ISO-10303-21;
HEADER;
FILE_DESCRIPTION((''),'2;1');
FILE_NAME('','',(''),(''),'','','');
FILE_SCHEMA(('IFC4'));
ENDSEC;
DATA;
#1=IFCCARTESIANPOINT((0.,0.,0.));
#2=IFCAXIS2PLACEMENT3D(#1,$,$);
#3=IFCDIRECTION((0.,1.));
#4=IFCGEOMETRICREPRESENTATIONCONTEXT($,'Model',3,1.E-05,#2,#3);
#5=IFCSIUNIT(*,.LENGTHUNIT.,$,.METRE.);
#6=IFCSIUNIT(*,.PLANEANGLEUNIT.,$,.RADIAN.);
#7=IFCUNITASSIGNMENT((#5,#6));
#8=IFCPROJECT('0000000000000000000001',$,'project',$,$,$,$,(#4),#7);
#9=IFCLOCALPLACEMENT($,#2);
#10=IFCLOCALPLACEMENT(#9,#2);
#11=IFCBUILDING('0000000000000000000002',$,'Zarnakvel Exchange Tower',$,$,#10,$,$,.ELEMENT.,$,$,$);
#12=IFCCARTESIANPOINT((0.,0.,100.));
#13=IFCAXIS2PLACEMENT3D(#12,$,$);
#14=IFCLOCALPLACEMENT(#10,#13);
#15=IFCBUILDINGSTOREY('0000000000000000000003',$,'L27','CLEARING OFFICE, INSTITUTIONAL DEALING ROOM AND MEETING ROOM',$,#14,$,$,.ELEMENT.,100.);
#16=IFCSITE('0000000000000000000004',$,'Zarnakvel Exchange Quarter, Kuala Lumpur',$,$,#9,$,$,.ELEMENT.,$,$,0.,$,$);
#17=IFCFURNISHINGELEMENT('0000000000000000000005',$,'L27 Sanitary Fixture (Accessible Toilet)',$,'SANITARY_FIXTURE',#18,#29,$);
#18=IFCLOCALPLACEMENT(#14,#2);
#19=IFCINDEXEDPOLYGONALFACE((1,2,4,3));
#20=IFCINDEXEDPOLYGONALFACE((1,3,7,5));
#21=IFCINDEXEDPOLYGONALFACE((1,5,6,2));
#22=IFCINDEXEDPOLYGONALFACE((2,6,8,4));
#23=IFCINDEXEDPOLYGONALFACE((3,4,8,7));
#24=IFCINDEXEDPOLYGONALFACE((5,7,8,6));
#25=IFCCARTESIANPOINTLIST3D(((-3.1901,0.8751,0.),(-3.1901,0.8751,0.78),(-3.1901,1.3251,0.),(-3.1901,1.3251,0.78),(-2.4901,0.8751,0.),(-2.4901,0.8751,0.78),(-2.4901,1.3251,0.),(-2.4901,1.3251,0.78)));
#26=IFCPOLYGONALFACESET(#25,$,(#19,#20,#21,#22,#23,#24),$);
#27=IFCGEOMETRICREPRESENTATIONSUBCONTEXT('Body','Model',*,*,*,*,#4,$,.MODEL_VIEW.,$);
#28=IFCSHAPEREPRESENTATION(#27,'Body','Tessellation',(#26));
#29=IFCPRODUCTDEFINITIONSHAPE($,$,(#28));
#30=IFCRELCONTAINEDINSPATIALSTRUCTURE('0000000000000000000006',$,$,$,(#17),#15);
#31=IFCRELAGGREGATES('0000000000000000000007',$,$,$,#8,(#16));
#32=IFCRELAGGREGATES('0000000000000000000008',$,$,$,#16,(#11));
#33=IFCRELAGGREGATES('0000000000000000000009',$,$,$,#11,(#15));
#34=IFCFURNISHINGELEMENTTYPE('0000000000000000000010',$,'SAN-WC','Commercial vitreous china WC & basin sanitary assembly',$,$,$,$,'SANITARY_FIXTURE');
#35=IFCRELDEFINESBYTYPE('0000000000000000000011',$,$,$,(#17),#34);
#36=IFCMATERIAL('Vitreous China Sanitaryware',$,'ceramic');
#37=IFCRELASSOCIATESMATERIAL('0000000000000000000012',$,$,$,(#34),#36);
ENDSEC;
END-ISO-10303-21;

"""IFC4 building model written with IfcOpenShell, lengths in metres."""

from ifc_helpers import new_model, si_unit, direction, frame, origin, origin_2d, place, context, subcontext, project, spatial, rectangle, extrude, source, transform, mapped, material, type_object, element, save


model = new_model("IFC4")

# Units and contexts
model_context = context("Model", 3, precision=1e-05, world=origin(), true_north=direction((0.0, 1.0)))
body_context = subcontext(model_context, "Body", "Model", "MODEL_VIEW")
ifc_project = project(units=[si_unit("LENGTHUNIT", "METRE"), si_unit("PLANEANGLEUNIT", "RADIAN")], contexts=[model_context])

# Site, building, storey
site_placement = place(None, origin())
site = spatial("IfcSite", under=ifc_project, at=site_placement, Name="Zarnakvel Exchange Quarter, Kuala Lumpur", CompositionType="ELEMENT", RefElevation=0.0)
building_placement = place(site_placement, origin())
building = spatial("IfcBuilding", under=site, at=building_placement, Name="Zarnakvel Exchange Tower", CompositionType="ELEMENT")
storey_placement = place(building_placement, frame((0.0, 0.0, 100.0)))
storey = spatial("IfcBuildingStorey", under=building, at=storey_placement, Name="L27", Description="CLEARING OFFICE, INSTITUTIONAL DEALING ROOM AND MEETING ROOM", CompositionType="ELEMENT", Elevation=100.0)

# Furnishing element
ifc_material_1 = material(Name="Vitreous China Sanitaryware", Category="ceramic")
furnishing_element_type = type_object("IfcFurnishingElementType", Name="SAN-WC", Description="Commercial vitreous china WC & basin sanitary assembly", ElementType="SANITARY_FIXTURE", material=ifc_material_1)
shared_shape_1 = source(origin(), body_context, "Body", "SweptSolid", [
    extrude(rectangle(XDim=0.7, YDim=0.45, at=origin_2d()), origin(), (0.0, 0.0, 1.0), 0.78),
])
furnishing_placement = place(storey_placement, frame((-2.8401, 1.1001, 0.0), z_axis=(0.0, 0.0, 1.0), x_axis=(1.0, 0.0, 0.0)))
element("IfcFurnishingElement", 1, at=furnishing_placement, inside=storey, type_object=furnishing_element_type, Name="L27 Sanitary Fixture (Accessible Toilet)", ObjectType="SANITARY_FIXTURE", context=body_context, shape_type="MappedRepresentation", body=[
    mapped(shared_shape_1, transform((0.0, 0.0, 0.0), x_axis=(1.0, 0.0, 0.0), y_axis=(0.0, 1.0, 0.0), z_axis=(0.0, 0.0, 1.0), scale=1.0)),
])

save(model, "model.ifc")
